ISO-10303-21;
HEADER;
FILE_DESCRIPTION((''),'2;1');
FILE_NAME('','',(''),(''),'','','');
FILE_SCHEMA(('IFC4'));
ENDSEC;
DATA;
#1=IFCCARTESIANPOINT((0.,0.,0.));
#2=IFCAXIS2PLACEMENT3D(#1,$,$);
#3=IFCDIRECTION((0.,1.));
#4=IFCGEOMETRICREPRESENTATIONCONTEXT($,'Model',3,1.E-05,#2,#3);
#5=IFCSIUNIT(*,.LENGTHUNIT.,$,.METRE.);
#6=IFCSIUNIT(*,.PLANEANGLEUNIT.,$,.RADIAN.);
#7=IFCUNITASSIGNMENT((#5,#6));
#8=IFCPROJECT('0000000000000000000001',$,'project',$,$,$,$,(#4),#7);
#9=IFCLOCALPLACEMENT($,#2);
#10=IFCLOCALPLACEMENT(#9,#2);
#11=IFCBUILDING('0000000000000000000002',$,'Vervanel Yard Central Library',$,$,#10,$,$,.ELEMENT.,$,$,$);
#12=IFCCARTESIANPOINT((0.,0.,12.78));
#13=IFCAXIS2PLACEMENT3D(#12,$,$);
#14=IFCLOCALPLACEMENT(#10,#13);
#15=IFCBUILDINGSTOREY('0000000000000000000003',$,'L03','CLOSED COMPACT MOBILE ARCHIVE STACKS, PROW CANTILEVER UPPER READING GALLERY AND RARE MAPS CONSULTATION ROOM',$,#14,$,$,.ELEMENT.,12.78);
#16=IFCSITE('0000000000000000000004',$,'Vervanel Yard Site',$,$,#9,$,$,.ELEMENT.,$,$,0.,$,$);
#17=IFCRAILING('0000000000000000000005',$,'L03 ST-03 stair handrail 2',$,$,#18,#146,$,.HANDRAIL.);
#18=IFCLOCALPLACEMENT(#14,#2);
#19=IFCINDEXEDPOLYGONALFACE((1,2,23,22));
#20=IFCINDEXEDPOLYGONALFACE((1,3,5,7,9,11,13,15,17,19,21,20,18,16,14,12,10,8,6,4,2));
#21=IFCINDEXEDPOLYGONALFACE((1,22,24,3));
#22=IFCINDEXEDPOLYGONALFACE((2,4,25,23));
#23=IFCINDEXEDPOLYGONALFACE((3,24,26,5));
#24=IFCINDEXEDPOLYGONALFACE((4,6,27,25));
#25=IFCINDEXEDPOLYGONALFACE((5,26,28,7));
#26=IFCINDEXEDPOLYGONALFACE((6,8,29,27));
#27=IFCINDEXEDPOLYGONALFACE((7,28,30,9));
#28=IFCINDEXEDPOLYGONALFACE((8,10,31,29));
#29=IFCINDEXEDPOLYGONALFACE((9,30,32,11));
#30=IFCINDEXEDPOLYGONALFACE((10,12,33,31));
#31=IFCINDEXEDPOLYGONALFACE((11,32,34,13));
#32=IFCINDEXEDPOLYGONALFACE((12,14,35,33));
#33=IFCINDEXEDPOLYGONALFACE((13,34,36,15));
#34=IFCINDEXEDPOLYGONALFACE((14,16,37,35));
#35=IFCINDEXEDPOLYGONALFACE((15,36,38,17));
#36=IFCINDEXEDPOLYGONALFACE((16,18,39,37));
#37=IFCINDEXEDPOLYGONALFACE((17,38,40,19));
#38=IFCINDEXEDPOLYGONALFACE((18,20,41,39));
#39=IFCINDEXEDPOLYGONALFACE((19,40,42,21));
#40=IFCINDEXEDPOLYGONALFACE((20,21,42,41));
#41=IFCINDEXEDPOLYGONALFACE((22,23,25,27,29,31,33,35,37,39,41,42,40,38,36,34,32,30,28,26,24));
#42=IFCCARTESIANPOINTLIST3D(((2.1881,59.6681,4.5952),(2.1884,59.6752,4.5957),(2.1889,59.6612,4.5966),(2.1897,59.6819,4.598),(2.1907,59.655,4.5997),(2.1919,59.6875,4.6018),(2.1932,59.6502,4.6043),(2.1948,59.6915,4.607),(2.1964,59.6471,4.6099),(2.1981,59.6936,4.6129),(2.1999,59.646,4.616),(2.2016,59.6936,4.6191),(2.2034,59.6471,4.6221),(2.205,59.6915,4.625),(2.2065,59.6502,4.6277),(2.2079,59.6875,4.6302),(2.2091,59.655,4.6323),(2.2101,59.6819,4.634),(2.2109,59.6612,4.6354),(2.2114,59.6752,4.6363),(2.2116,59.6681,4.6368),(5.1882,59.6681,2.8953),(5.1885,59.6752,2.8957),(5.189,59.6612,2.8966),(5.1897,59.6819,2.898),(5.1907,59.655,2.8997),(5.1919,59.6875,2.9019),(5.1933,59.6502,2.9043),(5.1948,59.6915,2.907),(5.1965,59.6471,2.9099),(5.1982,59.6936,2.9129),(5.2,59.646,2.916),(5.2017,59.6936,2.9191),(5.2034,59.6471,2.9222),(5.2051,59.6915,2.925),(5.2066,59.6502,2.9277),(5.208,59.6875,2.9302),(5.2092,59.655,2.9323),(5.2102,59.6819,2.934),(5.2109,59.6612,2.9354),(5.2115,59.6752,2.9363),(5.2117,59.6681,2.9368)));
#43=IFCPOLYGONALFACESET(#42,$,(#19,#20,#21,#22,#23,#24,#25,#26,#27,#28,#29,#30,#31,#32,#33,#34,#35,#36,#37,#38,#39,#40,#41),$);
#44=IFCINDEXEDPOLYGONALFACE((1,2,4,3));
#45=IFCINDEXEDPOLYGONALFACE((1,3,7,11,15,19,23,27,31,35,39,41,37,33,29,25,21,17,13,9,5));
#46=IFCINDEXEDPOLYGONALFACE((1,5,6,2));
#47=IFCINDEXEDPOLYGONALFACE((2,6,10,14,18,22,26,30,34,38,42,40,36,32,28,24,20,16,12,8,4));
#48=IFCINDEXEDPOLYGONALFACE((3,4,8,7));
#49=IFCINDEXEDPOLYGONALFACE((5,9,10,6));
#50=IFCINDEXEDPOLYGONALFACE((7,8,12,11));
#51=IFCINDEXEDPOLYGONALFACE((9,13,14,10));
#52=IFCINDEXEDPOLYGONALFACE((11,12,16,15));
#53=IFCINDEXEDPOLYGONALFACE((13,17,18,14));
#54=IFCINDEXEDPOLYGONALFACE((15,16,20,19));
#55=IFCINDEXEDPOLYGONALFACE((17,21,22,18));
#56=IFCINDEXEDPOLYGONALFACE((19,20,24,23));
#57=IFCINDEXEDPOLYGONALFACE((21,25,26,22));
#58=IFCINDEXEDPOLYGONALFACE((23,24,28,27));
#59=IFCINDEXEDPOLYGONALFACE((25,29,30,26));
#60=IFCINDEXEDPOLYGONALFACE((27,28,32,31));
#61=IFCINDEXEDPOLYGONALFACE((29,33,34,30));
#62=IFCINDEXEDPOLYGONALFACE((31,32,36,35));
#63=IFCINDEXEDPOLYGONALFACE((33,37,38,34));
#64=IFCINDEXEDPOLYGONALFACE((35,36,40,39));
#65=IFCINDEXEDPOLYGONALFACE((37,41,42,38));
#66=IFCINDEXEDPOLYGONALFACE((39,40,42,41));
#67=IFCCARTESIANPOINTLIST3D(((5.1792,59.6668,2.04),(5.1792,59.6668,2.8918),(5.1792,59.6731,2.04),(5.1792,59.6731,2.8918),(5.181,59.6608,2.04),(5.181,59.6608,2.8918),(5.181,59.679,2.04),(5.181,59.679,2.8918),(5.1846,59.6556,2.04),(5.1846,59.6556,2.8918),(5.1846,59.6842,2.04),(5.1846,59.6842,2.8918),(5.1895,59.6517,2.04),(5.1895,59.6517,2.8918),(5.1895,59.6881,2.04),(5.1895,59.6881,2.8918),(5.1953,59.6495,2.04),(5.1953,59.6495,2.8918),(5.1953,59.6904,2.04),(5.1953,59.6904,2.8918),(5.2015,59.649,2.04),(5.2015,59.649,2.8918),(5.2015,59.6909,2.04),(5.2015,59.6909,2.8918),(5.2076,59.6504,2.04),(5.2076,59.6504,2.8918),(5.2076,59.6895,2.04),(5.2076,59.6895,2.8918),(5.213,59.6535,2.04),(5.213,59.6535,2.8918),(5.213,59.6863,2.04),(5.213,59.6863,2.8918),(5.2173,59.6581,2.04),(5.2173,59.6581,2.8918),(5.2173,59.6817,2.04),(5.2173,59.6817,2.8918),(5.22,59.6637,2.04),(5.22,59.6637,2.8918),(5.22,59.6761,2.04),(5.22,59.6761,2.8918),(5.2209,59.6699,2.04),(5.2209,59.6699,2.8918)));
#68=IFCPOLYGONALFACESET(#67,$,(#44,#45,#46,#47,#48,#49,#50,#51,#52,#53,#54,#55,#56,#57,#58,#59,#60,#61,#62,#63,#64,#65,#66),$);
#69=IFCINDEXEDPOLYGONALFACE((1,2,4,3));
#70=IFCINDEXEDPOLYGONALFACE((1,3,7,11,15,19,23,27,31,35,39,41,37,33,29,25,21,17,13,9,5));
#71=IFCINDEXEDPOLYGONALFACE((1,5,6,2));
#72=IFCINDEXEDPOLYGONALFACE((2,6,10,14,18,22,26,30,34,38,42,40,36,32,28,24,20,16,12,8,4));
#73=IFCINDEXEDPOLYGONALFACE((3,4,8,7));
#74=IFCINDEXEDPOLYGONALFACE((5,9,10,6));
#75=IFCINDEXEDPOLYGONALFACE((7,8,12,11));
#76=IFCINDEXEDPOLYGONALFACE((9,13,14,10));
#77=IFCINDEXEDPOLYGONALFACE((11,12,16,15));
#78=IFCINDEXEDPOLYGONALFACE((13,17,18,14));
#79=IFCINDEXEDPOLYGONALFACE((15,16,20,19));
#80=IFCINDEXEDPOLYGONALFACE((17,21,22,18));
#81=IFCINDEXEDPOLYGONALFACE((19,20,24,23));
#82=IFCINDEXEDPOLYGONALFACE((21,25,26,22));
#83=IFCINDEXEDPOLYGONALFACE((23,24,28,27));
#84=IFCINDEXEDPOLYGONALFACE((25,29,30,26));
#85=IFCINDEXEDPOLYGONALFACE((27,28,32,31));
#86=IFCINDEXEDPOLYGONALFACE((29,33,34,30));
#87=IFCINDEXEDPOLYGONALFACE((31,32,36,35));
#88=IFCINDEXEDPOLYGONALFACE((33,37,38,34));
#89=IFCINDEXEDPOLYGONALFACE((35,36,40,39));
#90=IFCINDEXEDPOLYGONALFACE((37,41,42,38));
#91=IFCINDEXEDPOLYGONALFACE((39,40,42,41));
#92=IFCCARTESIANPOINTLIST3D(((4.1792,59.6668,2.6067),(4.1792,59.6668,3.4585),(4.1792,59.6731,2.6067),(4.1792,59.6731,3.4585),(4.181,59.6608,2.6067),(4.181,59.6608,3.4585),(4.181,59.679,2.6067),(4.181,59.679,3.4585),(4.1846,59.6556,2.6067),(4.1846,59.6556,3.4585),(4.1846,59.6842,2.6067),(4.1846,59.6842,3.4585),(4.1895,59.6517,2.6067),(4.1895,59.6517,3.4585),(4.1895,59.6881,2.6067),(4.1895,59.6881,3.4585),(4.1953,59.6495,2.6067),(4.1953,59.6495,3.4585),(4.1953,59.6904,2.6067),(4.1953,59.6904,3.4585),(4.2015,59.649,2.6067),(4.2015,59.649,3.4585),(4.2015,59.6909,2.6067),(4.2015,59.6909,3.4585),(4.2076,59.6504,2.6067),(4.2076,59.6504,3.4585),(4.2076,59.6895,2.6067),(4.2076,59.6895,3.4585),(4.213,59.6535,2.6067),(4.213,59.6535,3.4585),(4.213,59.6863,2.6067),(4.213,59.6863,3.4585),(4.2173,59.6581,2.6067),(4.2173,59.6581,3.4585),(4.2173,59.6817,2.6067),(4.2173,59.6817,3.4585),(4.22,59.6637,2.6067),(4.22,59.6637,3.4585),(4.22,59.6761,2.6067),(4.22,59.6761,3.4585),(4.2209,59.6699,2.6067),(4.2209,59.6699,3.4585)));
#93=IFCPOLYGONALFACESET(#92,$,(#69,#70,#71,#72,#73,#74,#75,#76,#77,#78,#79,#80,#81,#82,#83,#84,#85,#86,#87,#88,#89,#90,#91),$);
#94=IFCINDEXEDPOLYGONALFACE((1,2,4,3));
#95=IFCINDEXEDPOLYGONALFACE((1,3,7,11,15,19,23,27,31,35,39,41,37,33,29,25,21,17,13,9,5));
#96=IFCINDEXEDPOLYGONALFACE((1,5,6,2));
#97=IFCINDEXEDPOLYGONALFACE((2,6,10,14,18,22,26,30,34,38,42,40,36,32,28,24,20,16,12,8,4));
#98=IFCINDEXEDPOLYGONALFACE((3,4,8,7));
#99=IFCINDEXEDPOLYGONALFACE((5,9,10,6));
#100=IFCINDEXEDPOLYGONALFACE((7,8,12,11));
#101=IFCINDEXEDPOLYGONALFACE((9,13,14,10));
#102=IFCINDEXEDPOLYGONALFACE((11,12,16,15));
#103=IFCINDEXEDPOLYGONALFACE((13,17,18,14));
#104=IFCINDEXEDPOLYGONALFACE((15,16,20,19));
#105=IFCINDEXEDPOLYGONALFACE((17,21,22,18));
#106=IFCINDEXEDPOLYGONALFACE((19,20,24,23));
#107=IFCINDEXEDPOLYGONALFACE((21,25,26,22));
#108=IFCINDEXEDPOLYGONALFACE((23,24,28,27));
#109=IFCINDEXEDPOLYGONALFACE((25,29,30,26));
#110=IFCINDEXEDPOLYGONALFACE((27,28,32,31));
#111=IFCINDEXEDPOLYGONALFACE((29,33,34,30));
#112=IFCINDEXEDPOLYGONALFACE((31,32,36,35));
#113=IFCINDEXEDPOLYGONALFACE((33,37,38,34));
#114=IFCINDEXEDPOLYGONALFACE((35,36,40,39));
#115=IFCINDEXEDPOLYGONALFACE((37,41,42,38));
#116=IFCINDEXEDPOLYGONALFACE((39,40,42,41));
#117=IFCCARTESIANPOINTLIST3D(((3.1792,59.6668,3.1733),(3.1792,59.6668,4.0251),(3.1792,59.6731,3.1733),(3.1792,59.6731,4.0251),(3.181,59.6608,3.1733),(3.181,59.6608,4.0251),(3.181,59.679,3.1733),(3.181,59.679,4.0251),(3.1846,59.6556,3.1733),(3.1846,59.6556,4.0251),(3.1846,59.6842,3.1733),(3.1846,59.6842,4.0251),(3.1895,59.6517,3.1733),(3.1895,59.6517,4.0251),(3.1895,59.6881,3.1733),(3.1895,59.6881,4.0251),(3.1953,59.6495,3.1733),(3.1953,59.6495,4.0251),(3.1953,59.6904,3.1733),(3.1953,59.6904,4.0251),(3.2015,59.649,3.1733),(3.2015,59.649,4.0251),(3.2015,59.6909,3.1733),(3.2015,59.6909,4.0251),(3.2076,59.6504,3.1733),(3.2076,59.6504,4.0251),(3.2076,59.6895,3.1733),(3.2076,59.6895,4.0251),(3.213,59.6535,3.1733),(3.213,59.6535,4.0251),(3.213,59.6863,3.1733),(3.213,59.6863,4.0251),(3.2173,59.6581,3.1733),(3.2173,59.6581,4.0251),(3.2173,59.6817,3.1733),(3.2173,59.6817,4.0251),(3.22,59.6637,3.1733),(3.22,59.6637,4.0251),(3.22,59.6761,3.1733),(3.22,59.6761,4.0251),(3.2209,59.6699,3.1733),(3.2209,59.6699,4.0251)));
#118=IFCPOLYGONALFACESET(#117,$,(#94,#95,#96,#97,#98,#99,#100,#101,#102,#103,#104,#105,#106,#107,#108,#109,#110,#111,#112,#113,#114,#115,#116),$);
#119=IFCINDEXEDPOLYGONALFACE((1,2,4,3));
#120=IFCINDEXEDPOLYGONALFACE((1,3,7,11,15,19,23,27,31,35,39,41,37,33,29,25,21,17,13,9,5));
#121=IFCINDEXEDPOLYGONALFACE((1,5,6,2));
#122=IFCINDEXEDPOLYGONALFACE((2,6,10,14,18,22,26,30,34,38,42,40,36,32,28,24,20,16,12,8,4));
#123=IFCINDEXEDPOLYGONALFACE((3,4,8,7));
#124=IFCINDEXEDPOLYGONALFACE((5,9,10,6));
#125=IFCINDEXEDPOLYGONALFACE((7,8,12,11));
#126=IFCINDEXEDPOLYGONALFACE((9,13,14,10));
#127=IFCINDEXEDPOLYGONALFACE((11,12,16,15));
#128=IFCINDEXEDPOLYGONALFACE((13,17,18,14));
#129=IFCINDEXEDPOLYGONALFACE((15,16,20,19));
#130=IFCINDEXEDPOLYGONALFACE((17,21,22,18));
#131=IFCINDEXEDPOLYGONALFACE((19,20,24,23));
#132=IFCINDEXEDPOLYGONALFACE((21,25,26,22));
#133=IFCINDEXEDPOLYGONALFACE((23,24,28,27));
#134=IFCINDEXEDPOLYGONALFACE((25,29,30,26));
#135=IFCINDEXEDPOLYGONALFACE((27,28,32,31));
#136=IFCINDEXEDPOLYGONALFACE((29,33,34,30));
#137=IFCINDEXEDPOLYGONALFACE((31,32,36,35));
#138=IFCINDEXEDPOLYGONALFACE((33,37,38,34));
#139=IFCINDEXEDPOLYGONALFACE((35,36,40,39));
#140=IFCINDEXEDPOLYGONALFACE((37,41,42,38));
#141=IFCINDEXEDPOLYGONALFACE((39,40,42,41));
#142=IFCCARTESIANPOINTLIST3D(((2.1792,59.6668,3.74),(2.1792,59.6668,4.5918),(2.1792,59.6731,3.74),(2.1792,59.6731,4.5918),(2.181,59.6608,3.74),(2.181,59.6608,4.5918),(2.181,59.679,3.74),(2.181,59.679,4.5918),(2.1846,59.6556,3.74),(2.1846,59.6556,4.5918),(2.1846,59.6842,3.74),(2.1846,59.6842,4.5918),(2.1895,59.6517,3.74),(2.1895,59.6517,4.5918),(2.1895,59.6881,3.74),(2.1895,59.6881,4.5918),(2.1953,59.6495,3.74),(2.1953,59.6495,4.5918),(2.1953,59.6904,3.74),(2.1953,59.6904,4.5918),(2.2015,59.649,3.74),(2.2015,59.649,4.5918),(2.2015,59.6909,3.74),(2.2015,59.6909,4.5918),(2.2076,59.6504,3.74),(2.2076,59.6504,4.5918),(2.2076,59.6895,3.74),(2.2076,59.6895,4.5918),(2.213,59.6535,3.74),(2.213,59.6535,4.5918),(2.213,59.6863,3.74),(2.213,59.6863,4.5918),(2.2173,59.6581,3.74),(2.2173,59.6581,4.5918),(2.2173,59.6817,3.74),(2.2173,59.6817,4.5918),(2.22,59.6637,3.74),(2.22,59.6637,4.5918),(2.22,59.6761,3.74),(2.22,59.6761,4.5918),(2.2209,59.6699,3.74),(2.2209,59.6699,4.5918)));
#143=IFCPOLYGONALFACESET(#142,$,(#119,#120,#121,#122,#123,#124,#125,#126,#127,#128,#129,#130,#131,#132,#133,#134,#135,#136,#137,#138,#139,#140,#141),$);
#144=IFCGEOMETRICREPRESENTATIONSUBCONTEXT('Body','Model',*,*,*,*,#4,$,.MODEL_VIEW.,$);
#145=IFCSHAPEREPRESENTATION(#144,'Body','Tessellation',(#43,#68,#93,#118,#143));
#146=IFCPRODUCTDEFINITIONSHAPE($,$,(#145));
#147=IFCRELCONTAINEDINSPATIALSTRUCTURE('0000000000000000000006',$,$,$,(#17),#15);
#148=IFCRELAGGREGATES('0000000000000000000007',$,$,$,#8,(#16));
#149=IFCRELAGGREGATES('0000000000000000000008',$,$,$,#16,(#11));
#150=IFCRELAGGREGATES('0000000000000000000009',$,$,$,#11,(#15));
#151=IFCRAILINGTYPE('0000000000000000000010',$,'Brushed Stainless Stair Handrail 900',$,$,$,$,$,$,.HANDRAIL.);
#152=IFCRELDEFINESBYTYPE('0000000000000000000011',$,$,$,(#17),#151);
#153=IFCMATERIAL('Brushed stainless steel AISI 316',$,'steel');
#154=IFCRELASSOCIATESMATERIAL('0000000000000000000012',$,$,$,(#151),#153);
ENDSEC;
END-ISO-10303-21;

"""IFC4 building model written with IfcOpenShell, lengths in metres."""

from ifc_helpers import new_model, si_unit, direction, frame, origin, origin_2d, place, context, subcontext, project, spatial, circle, extrude, material, type_object, element, save


model = new_model("IFC4")

# Units and contexts
model_context = context("Model", 3, precision=1e-05, world=origin(), true_north=direction((0.0, 1.0)))
body_context = subcontext(model_context, "Body", "Model", "MODEL_VIEW")
ifc_project = project(units=[si_unit("LENGTHUNIT", "METRE"), si_unit("PLANEANGLEUNIT", "RADIAN")], contexts=[model_context])

# Site, building, storey
site_placement = place(None, origin())
site = spatial("IfcSite", under=ifc_project, at=site_placement, Name="Vervanel Yard Site", CompositionType="ELEMENT", RefElevation=0.0)
building_placement = place(site_placement, origin())
building = spatial("IfcBuilding", under=site, at=building_placement, Name="Vervanel Yard Central Library", CompositionType="ELEMENT")
storey_placement = place(building_placement, frame((0.0, 0.0, 12.78)))
storey = spatial("IfcBuildingStorey", under=building, at=storey_placement, Name="L03", Description="CLOSED COMPACT MOBILE ARCHIVE STACKS, PROW CANTILEVER UPPER READING GALLERY AND RARE MAPS CONSULTATION ROOM", CompositionType="ELEMENT", Elevation=12.78)

# Railing
ifc_material_1 = material(Name="Brushed stainless steel AISI 316", Category="steel")
railing_type_1 = type_object("IfcRailingType", Name="Brushed Stainless Stair Handrail 900", PredefinedType="HANDRAIL", material=ifc_material_1)
railing_1_placement = place(storey_placement, frame((5.2, 59.6699, 2.04)))
element("IfcRailing", 1, at=railing_1_placement, inside=storey, type_object=railing_type_1, Name="L03 ST-03 stair handrail 2", PredefinedType="HANDRAIL", context=body_context, shape_type="SweptSolid", body=[
    extrude(circle(Radius=0.0239, at=origin_2d()), frame((0.0, 0.0, 0.876), z_axis=(-0.870028, 0.0, 0.493002), x_axis=(0.0, -1.0, 0.0)), (0.0, 0.0, 1.0), 3.4482),
    extrude(circle(Radius=0.021, at=origin_2d()), origin(), (0.0, 0.0, 1.0), 0.8518),
    extrude(circle(Radius=0.021, at=origin_2d()), frame((-1.0, 0.0, 0.5667)), (0.0, 0.0, 1.0), 0.8518),
    extrude(circle(Radius=0.021, at=origin_2d()), frame((-2.0, 0.0, 1.1333)), (0.0, 0.0, 1.0), 0.8518),
    extrude(circle(Radius=0.021, at=origin_2d()), frame((-3.0, 0.0, 1.7)), (0.0, 0.0, 1.0), 0.8518),
])

save(model, "model.ifc")
